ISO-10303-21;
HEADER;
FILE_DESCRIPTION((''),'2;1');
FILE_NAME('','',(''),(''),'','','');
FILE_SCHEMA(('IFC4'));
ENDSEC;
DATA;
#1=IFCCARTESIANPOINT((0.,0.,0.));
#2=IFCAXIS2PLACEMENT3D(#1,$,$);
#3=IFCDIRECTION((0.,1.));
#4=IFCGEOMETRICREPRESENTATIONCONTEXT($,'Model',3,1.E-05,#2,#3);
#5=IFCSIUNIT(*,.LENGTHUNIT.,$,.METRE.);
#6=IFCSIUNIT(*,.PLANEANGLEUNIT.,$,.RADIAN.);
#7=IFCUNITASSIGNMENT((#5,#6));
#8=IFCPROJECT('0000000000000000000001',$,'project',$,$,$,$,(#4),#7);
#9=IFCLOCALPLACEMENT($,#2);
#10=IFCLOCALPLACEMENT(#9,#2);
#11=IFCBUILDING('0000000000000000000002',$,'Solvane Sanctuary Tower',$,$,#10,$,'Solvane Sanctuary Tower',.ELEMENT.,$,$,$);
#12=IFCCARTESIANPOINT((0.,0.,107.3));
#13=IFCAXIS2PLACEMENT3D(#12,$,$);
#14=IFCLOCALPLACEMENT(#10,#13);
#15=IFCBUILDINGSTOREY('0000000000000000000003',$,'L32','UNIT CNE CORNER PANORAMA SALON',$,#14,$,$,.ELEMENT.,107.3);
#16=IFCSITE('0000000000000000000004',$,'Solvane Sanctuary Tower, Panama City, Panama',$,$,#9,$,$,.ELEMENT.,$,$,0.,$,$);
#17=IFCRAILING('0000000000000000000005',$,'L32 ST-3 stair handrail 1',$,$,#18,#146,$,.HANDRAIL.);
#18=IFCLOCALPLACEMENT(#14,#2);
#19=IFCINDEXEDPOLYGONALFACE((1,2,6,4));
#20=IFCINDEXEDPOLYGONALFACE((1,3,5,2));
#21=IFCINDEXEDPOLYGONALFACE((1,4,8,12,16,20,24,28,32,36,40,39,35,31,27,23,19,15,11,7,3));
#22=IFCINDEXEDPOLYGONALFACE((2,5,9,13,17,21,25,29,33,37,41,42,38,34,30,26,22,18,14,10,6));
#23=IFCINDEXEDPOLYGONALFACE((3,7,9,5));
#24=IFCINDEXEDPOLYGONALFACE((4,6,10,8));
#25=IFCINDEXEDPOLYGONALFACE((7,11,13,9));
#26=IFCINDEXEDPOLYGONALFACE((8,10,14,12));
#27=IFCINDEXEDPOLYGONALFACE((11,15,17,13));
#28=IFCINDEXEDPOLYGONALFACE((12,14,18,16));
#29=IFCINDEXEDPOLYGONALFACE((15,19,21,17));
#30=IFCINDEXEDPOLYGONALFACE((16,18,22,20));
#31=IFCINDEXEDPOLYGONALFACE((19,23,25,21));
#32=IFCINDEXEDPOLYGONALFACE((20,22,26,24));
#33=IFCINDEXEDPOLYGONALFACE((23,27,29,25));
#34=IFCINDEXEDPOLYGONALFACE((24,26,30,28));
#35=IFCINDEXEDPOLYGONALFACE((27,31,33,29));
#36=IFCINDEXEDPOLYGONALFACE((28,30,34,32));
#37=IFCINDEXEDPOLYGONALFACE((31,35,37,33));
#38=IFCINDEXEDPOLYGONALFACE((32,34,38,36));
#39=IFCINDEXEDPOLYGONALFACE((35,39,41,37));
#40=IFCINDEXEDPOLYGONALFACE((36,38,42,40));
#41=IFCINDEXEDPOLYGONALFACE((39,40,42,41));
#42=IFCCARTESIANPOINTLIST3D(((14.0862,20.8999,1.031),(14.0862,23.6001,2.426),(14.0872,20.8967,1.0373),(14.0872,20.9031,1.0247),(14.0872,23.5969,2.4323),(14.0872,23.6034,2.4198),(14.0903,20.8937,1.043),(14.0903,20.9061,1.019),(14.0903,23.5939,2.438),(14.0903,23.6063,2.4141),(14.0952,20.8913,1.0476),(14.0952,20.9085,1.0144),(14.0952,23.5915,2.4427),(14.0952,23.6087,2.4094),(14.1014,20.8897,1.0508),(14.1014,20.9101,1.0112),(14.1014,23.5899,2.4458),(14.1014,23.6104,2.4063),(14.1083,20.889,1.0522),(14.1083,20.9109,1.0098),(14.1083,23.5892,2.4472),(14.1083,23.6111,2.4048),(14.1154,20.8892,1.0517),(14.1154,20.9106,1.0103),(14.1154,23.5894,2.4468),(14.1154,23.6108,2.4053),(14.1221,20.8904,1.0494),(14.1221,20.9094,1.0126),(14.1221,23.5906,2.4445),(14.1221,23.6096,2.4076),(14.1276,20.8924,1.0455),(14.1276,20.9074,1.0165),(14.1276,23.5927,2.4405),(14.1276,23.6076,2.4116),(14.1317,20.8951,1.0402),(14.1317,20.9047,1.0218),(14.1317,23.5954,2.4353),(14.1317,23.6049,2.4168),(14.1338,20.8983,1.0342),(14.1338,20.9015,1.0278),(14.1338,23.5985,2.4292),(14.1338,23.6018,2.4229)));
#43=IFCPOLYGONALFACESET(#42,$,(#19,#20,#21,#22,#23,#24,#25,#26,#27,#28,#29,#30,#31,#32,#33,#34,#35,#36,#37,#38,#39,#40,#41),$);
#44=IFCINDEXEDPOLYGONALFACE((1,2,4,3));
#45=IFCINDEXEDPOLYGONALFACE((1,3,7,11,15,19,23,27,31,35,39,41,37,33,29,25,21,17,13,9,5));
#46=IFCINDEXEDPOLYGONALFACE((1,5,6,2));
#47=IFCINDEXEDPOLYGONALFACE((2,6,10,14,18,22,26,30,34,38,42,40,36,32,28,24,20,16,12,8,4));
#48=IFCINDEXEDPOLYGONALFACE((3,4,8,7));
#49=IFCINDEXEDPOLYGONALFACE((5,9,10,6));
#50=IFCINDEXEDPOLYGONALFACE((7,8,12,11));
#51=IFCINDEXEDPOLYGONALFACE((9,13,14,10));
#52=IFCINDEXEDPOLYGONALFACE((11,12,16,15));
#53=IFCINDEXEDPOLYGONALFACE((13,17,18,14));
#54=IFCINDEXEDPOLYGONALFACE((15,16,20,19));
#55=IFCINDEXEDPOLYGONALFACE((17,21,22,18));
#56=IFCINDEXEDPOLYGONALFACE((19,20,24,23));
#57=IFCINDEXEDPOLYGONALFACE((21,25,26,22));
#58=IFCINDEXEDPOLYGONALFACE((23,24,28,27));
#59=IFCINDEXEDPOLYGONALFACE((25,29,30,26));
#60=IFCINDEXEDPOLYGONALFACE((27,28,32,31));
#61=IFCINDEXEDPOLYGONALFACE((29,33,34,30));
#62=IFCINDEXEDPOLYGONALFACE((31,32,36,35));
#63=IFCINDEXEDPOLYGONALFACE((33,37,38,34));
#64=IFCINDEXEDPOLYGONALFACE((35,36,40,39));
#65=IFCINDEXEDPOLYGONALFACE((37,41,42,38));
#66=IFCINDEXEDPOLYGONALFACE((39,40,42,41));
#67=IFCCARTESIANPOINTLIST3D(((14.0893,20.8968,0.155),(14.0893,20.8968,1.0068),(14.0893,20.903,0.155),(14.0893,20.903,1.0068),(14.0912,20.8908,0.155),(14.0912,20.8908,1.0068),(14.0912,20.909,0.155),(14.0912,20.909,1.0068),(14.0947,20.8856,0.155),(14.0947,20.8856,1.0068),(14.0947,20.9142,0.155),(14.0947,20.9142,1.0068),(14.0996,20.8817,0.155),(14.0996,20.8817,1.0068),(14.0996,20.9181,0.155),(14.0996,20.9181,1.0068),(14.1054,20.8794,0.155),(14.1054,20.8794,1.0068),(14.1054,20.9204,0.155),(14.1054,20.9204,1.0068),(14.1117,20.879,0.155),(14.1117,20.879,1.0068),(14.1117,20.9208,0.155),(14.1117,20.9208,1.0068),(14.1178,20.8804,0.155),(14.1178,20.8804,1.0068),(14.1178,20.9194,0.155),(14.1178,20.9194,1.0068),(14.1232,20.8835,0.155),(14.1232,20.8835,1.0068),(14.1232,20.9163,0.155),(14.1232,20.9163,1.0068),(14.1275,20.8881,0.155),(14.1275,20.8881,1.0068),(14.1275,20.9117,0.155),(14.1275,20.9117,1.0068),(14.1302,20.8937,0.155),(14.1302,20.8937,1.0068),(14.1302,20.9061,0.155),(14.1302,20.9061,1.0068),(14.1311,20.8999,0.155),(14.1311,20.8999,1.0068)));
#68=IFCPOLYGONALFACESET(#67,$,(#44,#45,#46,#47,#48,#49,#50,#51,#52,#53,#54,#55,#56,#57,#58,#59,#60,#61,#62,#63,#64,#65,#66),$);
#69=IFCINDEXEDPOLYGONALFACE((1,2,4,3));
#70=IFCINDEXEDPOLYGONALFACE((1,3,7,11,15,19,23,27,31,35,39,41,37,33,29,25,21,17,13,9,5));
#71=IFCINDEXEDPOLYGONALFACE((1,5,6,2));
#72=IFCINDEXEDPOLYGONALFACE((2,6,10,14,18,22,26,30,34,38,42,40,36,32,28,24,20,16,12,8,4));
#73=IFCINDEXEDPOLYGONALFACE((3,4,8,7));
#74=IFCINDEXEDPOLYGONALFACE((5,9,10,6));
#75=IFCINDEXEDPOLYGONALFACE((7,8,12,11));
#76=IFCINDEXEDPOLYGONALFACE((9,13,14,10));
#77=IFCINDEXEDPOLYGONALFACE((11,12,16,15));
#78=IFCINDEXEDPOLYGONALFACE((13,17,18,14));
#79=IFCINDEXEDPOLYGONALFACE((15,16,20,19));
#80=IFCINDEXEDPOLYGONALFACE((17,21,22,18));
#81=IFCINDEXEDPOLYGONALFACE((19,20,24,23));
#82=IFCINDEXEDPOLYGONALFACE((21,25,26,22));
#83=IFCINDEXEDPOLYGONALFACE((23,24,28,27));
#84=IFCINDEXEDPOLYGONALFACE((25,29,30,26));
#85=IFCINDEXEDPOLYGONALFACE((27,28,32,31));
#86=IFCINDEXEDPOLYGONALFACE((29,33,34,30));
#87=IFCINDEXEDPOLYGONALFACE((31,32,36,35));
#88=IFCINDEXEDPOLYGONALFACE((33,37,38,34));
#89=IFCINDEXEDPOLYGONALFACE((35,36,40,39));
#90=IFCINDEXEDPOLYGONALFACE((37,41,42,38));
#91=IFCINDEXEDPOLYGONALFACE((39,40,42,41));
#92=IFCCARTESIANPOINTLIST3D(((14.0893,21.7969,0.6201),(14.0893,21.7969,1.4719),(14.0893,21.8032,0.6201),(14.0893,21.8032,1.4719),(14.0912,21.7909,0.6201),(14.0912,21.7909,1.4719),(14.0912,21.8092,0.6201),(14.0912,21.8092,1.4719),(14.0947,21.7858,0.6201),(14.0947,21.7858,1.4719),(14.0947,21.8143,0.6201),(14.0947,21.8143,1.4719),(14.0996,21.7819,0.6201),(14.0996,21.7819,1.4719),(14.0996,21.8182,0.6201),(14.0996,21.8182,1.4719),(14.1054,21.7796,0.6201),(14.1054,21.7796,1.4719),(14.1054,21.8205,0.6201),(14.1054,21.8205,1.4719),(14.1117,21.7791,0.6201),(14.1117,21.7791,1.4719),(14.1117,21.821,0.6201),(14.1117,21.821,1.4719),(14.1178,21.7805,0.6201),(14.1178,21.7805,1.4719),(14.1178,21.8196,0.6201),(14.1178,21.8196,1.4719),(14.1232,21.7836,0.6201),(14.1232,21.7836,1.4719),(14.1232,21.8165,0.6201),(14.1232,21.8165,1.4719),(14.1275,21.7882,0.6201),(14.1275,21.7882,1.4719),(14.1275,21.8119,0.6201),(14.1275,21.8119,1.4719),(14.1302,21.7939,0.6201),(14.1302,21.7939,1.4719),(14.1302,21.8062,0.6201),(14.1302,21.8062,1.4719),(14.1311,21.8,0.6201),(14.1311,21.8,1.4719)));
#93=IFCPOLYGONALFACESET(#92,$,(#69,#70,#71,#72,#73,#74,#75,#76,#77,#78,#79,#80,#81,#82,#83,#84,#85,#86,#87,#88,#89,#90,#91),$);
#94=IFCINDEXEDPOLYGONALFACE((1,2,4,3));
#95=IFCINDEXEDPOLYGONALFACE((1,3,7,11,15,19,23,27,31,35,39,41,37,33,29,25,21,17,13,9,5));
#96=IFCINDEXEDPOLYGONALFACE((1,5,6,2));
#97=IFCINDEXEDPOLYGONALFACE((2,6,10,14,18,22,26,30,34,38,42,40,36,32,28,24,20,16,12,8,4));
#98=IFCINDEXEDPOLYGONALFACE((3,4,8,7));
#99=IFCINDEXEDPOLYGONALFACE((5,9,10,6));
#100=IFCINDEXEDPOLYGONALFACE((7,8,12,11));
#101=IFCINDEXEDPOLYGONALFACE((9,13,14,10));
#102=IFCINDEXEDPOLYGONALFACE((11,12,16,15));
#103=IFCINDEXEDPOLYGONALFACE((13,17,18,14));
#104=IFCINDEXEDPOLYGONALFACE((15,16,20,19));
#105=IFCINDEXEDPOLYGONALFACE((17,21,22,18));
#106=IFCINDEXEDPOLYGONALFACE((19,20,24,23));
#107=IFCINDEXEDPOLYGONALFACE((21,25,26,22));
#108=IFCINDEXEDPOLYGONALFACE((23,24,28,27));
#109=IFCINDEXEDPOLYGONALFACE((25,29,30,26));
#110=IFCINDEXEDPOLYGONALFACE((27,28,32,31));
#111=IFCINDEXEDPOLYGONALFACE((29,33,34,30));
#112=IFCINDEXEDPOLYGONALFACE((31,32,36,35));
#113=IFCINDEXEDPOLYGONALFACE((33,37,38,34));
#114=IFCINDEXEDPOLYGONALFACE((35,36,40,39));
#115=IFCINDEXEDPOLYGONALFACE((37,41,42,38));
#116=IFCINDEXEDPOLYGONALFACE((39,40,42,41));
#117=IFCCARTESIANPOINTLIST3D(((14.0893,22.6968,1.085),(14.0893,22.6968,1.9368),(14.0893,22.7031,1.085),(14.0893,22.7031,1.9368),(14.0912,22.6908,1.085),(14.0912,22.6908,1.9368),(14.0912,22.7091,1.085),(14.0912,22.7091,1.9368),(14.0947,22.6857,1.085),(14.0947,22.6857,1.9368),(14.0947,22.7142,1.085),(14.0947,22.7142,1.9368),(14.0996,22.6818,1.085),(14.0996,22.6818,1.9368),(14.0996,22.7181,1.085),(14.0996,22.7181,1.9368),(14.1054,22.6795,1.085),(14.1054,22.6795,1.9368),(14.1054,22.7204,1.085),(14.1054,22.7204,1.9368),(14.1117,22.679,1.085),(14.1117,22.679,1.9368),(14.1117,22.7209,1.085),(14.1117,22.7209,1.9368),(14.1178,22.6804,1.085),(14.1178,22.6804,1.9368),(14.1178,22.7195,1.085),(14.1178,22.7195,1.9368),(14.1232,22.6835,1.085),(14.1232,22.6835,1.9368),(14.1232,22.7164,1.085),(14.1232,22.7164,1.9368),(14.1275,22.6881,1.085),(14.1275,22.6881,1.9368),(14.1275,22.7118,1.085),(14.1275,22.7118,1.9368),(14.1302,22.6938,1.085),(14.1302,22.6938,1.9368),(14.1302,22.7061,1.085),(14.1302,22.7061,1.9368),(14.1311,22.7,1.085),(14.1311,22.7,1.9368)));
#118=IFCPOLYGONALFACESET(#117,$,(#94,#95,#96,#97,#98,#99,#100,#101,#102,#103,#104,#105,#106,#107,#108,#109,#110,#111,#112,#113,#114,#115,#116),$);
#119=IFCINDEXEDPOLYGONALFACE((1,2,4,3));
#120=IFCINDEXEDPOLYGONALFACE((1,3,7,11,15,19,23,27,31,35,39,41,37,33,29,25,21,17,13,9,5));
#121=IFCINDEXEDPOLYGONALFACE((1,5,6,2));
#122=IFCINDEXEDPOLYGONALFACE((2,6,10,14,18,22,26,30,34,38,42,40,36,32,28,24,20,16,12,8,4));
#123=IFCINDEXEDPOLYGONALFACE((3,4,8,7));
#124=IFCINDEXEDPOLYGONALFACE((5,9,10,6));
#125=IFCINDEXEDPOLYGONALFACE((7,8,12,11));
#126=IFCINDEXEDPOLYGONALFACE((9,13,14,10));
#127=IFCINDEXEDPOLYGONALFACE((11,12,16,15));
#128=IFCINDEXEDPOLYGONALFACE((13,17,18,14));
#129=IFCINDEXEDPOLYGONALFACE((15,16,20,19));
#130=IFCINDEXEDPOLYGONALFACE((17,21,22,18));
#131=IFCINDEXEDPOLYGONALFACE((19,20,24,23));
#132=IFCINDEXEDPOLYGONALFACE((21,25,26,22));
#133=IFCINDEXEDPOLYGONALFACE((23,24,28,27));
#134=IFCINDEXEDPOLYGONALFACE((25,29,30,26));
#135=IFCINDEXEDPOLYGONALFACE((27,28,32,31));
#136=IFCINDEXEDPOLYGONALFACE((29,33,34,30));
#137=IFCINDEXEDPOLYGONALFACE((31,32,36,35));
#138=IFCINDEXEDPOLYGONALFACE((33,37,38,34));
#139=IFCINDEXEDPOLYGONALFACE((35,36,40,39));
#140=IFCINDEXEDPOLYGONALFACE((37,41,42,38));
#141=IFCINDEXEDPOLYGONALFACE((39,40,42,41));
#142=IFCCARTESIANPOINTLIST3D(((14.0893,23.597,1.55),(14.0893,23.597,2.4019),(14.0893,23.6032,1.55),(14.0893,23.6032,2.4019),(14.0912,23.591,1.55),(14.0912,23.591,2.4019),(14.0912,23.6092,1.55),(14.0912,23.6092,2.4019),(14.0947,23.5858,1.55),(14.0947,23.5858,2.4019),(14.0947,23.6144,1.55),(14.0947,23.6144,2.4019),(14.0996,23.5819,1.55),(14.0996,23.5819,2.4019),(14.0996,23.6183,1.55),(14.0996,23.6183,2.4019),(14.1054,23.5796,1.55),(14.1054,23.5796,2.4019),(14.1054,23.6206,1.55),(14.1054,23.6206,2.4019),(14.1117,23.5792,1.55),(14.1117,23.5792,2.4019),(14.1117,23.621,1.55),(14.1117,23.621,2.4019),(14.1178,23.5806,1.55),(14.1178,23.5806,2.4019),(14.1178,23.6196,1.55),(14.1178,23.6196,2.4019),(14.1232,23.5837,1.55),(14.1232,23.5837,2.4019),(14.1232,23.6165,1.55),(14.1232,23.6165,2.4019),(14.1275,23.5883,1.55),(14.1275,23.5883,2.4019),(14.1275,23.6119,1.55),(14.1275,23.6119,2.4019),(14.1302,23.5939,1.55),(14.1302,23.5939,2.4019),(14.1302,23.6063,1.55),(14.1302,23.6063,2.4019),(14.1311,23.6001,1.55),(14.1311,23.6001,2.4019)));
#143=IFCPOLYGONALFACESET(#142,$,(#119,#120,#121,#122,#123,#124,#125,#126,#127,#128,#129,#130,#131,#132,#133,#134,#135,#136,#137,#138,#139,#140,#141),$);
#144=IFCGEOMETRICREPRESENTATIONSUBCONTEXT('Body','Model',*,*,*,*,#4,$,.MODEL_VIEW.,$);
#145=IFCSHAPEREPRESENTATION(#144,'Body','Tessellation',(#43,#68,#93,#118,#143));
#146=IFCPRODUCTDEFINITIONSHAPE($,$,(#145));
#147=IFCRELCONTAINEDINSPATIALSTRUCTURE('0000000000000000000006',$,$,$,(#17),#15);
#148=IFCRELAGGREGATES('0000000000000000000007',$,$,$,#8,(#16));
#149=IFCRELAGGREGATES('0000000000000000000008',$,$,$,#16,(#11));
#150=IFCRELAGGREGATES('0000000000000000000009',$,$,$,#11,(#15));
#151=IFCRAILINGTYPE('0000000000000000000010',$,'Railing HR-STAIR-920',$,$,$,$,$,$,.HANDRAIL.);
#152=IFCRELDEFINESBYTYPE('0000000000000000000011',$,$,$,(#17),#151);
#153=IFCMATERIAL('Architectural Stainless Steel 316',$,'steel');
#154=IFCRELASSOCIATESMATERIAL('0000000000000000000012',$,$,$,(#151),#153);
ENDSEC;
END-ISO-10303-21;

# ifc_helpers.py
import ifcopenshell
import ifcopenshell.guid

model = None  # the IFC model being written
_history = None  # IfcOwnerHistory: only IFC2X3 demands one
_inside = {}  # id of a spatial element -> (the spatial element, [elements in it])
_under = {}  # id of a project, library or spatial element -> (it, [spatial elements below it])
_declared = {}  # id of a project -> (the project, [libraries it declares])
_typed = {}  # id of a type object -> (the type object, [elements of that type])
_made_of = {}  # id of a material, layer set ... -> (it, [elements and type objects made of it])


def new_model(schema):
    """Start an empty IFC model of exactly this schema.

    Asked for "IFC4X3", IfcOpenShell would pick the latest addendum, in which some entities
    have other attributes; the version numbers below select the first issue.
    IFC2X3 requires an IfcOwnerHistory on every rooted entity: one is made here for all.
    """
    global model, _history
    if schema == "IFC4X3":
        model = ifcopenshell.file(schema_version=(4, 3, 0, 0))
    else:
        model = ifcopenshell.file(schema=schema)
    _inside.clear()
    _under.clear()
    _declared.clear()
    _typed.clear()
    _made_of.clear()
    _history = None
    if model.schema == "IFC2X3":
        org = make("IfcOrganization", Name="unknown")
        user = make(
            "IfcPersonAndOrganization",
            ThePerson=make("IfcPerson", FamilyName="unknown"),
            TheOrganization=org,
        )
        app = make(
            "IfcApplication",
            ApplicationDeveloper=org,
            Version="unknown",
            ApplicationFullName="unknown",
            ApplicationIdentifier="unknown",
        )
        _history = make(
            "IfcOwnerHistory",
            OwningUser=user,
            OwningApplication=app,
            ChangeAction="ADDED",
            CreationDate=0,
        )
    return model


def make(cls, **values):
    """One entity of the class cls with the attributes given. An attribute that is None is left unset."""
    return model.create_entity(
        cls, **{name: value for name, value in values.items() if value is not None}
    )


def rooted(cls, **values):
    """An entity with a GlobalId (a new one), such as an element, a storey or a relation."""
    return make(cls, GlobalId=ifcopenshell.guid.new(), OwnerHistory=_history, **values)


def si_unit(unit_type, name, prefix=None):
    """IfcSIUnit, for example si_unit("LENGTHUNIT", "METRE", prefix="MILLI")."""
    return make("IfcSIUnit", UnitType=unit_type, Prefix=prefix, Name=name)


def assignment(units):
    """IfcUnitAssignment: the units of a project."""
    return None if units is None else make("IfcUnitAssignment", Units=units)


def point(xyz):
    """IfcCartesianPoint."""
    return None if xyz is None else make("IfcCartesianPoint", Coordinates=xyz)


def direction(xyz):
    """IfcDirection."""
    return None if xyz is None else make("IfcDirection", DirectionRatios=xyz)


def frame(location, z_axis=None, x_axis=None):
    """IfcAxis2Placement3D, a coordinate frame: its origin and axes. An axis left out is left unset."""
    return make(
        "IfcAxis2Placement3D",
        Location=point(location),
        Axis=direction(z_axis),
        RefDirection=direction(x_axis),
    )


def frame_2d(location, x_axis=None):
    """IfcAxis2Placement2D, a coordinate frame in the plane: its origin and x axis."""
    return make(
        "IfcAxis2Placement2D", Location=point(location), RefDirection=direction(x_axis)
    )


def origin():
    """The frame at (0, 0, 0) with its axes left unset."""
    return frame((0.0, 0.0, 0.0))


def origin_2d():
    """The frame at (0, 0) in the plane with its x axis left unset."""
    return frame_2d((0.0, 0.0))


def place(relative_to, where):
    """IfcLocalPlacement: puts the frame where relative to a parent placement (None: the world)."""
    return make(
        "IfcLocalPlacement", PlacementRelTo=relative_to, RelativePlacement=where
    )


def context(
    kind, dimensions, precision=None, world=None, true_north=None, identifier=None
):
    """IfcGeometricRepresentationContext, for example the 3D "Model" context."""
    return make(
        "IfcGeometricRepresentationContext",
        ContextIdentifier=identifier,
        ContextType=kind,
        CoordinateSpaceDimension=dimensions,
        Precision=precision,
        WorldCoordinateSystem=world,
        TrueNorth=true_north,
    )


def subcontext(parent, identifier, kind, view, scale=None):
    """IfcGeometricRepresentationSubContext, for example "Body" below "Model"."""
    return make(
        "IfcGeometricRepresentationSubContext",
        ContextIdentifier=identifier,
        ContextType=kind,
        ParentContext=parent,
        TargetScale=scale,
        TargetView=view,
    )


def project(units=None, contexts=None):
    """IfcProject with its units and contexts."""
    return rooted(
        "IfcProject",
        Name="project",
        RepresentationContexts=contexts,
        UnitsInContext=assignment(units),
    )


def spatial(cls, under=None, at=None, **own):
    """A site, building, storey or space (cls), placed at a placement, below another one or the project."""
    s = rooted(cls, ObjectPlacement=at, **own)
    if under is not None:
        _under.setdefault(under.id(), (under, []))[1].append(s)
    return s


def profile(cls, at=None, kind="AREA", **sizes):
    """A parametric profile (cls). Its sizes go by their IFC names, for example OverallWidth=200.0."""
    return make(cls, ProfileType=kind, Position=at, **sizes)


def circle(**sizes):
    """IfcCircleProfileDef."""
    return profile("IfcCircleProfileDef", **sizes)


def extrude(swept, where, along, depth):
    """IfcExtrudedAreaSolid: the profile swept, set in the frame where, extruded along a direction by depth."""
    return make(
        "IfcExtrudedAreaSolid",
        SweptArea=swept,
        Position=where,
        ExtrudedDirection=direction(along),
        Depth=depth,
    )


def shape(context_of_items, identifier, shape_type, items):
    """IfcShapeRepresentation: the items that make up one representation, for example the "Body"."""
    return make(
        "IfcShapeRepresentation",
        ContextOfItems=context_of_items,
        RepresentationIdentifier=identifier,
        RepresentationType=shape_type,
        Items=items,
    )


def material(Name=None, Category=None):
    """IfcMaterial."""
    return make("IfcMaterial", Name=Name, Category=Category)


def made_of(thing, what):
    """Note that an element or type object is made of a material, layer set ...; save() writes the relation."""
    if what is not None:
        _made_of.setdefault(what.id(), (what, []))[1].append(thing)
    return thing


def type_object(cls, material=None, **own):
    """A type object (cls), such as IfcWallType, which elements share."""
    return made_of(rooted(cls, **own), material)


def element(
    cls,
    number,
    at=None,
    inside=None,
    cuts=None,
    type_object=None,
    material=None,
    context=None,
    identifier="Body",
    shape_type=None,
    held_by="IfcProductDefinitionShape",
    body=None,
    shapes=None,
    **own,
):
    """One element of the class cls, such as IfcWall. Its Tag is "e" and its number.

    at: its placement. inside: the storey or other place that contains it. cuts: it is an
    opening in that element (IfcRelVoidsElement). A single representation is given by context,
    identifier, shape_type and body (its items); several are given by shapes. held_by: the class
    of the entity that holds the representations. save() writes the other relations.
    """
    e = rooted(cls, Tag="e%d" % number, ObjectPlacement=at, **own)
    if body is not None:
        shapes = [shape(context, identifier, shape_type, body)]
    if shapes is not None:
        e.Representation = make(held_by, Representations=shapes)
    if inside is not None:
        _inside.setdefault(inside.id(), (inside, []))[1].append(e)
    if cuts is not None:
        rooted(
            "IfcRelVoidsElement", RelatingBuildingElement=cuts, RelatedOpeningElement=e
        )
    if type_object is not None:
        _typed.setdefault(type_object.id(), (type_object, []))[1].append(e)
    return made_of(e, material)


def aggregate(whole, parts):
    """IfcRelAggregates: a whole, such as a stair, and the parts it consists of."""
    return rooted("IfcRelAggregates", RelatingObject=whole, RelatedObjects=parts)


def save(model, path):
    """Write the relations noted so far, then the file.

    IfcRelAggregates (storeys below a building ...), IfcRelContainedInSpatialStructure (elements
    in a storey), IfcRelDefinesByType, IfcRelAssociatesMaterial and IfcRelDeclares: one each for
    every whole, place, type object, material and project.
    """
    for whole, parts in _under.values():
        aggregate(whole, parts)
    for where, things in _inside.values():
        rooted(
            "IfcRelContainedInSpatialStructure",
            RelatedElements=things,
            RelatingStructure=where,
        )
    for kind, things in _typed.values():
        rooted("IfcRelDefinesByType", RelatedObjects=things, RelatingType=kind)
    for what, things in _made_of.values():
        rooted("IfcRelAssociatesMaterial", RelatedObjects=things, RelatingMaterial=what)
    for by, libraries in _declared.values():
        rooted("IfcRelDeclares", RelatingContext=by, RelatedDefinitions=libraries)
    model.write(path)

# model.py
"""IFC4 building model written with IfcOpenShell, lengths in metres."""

from ifc_helpers import new_model, si_unit, direction, frame, origin, origin_2d, place, context, subcontext, project, spatial, circle, extrude, material, type_object, element, save


model = new_model("IFC4")

# Units and contexts
model_context = context("Model", 3, precision=1e-05, world=origin(), true_north=direction((0.0, 1.0)))
body_context = subcontext(model_context, "Body", "Model", "MODEL_VIEW")
ifc_project = project(units=[si_unit("LENGTHUNIT", "METRE"), si_unit("PLANEANGLEUNIT", "RADIAN")], contexts=[model_context])

# Site, building, storey
site_placement = place(None, origin())
site = spatial("IfcSite", under=ifc_project, at=site_placement, Name="Solvane Sanctuary Tower, Panama City, Panama", CompositionType="ELEMENT", RefElevation=0.0)
building_placement = place(site_placement, origin())
building = spatial("IfcBuilding", under=site, at=building_placement, Name="Solvane Sanctuary Tower", LongName="Solvane Sanctuary Tower", CompositionType="ELEMENT")
storey_placement = place(building_placement, frame((0.0, 0.0, 107.3)))
storey = spatial("IfcBuildingStorey", under=building, at=storey_placement, Name="L32", Description="UNIT CNE CORNER PANORAMA SALON", CompositionType="ELEMENT", Elevation=107.3)

# Railing
ifc_material_1 = material(Name="Architectural Stainless Steel 316", Category="steel")
railing_type_1 = type_object("IfcRailingType", Name="Railing HR-STAIR-920", PredefinedType="HANDRAIL", material=ifc_material_1)
railing_1_placement = place(storey_placement, frame((14.1101, 20.8999, 0.155)))
element("IfcRailing", 1, at=railing_1_placement, inside=storey, type_object=railing_type_1, Name="L32 ST-3 stair handrail 1", PredefinedType="HANDRAIL", context=body_context, shape_type="SweptSolid", body=[
    extrude(circle(Radius=0.0239, at=origin_2d()), frame((0.0, 0.0, 0.876), z_axis=(0.0, 0.888437, 0.458999), x_axis=(-1.0, 0.0, 0.0)), (0.0, 0.0, 1.0), 3.0393),
    extrude(circle(Radius=0.021, at=origin_2d()), origin(), (0.0, 0.0, 1.0), 0.8518),
    extrude(circle(Radius=0.021, at=origin_2d()), frame((0.0, 0.9001, 0.4651)), (0.0, 0.0, 1.0), 0.8518),
    extrude(circle(Radius=0.021, at=origin_2d()), frame((0.0, 1.8, 0.9299)), (0.0, 0.0, 1.0), 0.8518),
    extrude(circle(Radius=0.021, at=origin_2d()), frame((0.0, 2.7002, 1.395)), (0.0, 0.0, 1.0), 0.8518),
])

save(model, "model.ifc")
